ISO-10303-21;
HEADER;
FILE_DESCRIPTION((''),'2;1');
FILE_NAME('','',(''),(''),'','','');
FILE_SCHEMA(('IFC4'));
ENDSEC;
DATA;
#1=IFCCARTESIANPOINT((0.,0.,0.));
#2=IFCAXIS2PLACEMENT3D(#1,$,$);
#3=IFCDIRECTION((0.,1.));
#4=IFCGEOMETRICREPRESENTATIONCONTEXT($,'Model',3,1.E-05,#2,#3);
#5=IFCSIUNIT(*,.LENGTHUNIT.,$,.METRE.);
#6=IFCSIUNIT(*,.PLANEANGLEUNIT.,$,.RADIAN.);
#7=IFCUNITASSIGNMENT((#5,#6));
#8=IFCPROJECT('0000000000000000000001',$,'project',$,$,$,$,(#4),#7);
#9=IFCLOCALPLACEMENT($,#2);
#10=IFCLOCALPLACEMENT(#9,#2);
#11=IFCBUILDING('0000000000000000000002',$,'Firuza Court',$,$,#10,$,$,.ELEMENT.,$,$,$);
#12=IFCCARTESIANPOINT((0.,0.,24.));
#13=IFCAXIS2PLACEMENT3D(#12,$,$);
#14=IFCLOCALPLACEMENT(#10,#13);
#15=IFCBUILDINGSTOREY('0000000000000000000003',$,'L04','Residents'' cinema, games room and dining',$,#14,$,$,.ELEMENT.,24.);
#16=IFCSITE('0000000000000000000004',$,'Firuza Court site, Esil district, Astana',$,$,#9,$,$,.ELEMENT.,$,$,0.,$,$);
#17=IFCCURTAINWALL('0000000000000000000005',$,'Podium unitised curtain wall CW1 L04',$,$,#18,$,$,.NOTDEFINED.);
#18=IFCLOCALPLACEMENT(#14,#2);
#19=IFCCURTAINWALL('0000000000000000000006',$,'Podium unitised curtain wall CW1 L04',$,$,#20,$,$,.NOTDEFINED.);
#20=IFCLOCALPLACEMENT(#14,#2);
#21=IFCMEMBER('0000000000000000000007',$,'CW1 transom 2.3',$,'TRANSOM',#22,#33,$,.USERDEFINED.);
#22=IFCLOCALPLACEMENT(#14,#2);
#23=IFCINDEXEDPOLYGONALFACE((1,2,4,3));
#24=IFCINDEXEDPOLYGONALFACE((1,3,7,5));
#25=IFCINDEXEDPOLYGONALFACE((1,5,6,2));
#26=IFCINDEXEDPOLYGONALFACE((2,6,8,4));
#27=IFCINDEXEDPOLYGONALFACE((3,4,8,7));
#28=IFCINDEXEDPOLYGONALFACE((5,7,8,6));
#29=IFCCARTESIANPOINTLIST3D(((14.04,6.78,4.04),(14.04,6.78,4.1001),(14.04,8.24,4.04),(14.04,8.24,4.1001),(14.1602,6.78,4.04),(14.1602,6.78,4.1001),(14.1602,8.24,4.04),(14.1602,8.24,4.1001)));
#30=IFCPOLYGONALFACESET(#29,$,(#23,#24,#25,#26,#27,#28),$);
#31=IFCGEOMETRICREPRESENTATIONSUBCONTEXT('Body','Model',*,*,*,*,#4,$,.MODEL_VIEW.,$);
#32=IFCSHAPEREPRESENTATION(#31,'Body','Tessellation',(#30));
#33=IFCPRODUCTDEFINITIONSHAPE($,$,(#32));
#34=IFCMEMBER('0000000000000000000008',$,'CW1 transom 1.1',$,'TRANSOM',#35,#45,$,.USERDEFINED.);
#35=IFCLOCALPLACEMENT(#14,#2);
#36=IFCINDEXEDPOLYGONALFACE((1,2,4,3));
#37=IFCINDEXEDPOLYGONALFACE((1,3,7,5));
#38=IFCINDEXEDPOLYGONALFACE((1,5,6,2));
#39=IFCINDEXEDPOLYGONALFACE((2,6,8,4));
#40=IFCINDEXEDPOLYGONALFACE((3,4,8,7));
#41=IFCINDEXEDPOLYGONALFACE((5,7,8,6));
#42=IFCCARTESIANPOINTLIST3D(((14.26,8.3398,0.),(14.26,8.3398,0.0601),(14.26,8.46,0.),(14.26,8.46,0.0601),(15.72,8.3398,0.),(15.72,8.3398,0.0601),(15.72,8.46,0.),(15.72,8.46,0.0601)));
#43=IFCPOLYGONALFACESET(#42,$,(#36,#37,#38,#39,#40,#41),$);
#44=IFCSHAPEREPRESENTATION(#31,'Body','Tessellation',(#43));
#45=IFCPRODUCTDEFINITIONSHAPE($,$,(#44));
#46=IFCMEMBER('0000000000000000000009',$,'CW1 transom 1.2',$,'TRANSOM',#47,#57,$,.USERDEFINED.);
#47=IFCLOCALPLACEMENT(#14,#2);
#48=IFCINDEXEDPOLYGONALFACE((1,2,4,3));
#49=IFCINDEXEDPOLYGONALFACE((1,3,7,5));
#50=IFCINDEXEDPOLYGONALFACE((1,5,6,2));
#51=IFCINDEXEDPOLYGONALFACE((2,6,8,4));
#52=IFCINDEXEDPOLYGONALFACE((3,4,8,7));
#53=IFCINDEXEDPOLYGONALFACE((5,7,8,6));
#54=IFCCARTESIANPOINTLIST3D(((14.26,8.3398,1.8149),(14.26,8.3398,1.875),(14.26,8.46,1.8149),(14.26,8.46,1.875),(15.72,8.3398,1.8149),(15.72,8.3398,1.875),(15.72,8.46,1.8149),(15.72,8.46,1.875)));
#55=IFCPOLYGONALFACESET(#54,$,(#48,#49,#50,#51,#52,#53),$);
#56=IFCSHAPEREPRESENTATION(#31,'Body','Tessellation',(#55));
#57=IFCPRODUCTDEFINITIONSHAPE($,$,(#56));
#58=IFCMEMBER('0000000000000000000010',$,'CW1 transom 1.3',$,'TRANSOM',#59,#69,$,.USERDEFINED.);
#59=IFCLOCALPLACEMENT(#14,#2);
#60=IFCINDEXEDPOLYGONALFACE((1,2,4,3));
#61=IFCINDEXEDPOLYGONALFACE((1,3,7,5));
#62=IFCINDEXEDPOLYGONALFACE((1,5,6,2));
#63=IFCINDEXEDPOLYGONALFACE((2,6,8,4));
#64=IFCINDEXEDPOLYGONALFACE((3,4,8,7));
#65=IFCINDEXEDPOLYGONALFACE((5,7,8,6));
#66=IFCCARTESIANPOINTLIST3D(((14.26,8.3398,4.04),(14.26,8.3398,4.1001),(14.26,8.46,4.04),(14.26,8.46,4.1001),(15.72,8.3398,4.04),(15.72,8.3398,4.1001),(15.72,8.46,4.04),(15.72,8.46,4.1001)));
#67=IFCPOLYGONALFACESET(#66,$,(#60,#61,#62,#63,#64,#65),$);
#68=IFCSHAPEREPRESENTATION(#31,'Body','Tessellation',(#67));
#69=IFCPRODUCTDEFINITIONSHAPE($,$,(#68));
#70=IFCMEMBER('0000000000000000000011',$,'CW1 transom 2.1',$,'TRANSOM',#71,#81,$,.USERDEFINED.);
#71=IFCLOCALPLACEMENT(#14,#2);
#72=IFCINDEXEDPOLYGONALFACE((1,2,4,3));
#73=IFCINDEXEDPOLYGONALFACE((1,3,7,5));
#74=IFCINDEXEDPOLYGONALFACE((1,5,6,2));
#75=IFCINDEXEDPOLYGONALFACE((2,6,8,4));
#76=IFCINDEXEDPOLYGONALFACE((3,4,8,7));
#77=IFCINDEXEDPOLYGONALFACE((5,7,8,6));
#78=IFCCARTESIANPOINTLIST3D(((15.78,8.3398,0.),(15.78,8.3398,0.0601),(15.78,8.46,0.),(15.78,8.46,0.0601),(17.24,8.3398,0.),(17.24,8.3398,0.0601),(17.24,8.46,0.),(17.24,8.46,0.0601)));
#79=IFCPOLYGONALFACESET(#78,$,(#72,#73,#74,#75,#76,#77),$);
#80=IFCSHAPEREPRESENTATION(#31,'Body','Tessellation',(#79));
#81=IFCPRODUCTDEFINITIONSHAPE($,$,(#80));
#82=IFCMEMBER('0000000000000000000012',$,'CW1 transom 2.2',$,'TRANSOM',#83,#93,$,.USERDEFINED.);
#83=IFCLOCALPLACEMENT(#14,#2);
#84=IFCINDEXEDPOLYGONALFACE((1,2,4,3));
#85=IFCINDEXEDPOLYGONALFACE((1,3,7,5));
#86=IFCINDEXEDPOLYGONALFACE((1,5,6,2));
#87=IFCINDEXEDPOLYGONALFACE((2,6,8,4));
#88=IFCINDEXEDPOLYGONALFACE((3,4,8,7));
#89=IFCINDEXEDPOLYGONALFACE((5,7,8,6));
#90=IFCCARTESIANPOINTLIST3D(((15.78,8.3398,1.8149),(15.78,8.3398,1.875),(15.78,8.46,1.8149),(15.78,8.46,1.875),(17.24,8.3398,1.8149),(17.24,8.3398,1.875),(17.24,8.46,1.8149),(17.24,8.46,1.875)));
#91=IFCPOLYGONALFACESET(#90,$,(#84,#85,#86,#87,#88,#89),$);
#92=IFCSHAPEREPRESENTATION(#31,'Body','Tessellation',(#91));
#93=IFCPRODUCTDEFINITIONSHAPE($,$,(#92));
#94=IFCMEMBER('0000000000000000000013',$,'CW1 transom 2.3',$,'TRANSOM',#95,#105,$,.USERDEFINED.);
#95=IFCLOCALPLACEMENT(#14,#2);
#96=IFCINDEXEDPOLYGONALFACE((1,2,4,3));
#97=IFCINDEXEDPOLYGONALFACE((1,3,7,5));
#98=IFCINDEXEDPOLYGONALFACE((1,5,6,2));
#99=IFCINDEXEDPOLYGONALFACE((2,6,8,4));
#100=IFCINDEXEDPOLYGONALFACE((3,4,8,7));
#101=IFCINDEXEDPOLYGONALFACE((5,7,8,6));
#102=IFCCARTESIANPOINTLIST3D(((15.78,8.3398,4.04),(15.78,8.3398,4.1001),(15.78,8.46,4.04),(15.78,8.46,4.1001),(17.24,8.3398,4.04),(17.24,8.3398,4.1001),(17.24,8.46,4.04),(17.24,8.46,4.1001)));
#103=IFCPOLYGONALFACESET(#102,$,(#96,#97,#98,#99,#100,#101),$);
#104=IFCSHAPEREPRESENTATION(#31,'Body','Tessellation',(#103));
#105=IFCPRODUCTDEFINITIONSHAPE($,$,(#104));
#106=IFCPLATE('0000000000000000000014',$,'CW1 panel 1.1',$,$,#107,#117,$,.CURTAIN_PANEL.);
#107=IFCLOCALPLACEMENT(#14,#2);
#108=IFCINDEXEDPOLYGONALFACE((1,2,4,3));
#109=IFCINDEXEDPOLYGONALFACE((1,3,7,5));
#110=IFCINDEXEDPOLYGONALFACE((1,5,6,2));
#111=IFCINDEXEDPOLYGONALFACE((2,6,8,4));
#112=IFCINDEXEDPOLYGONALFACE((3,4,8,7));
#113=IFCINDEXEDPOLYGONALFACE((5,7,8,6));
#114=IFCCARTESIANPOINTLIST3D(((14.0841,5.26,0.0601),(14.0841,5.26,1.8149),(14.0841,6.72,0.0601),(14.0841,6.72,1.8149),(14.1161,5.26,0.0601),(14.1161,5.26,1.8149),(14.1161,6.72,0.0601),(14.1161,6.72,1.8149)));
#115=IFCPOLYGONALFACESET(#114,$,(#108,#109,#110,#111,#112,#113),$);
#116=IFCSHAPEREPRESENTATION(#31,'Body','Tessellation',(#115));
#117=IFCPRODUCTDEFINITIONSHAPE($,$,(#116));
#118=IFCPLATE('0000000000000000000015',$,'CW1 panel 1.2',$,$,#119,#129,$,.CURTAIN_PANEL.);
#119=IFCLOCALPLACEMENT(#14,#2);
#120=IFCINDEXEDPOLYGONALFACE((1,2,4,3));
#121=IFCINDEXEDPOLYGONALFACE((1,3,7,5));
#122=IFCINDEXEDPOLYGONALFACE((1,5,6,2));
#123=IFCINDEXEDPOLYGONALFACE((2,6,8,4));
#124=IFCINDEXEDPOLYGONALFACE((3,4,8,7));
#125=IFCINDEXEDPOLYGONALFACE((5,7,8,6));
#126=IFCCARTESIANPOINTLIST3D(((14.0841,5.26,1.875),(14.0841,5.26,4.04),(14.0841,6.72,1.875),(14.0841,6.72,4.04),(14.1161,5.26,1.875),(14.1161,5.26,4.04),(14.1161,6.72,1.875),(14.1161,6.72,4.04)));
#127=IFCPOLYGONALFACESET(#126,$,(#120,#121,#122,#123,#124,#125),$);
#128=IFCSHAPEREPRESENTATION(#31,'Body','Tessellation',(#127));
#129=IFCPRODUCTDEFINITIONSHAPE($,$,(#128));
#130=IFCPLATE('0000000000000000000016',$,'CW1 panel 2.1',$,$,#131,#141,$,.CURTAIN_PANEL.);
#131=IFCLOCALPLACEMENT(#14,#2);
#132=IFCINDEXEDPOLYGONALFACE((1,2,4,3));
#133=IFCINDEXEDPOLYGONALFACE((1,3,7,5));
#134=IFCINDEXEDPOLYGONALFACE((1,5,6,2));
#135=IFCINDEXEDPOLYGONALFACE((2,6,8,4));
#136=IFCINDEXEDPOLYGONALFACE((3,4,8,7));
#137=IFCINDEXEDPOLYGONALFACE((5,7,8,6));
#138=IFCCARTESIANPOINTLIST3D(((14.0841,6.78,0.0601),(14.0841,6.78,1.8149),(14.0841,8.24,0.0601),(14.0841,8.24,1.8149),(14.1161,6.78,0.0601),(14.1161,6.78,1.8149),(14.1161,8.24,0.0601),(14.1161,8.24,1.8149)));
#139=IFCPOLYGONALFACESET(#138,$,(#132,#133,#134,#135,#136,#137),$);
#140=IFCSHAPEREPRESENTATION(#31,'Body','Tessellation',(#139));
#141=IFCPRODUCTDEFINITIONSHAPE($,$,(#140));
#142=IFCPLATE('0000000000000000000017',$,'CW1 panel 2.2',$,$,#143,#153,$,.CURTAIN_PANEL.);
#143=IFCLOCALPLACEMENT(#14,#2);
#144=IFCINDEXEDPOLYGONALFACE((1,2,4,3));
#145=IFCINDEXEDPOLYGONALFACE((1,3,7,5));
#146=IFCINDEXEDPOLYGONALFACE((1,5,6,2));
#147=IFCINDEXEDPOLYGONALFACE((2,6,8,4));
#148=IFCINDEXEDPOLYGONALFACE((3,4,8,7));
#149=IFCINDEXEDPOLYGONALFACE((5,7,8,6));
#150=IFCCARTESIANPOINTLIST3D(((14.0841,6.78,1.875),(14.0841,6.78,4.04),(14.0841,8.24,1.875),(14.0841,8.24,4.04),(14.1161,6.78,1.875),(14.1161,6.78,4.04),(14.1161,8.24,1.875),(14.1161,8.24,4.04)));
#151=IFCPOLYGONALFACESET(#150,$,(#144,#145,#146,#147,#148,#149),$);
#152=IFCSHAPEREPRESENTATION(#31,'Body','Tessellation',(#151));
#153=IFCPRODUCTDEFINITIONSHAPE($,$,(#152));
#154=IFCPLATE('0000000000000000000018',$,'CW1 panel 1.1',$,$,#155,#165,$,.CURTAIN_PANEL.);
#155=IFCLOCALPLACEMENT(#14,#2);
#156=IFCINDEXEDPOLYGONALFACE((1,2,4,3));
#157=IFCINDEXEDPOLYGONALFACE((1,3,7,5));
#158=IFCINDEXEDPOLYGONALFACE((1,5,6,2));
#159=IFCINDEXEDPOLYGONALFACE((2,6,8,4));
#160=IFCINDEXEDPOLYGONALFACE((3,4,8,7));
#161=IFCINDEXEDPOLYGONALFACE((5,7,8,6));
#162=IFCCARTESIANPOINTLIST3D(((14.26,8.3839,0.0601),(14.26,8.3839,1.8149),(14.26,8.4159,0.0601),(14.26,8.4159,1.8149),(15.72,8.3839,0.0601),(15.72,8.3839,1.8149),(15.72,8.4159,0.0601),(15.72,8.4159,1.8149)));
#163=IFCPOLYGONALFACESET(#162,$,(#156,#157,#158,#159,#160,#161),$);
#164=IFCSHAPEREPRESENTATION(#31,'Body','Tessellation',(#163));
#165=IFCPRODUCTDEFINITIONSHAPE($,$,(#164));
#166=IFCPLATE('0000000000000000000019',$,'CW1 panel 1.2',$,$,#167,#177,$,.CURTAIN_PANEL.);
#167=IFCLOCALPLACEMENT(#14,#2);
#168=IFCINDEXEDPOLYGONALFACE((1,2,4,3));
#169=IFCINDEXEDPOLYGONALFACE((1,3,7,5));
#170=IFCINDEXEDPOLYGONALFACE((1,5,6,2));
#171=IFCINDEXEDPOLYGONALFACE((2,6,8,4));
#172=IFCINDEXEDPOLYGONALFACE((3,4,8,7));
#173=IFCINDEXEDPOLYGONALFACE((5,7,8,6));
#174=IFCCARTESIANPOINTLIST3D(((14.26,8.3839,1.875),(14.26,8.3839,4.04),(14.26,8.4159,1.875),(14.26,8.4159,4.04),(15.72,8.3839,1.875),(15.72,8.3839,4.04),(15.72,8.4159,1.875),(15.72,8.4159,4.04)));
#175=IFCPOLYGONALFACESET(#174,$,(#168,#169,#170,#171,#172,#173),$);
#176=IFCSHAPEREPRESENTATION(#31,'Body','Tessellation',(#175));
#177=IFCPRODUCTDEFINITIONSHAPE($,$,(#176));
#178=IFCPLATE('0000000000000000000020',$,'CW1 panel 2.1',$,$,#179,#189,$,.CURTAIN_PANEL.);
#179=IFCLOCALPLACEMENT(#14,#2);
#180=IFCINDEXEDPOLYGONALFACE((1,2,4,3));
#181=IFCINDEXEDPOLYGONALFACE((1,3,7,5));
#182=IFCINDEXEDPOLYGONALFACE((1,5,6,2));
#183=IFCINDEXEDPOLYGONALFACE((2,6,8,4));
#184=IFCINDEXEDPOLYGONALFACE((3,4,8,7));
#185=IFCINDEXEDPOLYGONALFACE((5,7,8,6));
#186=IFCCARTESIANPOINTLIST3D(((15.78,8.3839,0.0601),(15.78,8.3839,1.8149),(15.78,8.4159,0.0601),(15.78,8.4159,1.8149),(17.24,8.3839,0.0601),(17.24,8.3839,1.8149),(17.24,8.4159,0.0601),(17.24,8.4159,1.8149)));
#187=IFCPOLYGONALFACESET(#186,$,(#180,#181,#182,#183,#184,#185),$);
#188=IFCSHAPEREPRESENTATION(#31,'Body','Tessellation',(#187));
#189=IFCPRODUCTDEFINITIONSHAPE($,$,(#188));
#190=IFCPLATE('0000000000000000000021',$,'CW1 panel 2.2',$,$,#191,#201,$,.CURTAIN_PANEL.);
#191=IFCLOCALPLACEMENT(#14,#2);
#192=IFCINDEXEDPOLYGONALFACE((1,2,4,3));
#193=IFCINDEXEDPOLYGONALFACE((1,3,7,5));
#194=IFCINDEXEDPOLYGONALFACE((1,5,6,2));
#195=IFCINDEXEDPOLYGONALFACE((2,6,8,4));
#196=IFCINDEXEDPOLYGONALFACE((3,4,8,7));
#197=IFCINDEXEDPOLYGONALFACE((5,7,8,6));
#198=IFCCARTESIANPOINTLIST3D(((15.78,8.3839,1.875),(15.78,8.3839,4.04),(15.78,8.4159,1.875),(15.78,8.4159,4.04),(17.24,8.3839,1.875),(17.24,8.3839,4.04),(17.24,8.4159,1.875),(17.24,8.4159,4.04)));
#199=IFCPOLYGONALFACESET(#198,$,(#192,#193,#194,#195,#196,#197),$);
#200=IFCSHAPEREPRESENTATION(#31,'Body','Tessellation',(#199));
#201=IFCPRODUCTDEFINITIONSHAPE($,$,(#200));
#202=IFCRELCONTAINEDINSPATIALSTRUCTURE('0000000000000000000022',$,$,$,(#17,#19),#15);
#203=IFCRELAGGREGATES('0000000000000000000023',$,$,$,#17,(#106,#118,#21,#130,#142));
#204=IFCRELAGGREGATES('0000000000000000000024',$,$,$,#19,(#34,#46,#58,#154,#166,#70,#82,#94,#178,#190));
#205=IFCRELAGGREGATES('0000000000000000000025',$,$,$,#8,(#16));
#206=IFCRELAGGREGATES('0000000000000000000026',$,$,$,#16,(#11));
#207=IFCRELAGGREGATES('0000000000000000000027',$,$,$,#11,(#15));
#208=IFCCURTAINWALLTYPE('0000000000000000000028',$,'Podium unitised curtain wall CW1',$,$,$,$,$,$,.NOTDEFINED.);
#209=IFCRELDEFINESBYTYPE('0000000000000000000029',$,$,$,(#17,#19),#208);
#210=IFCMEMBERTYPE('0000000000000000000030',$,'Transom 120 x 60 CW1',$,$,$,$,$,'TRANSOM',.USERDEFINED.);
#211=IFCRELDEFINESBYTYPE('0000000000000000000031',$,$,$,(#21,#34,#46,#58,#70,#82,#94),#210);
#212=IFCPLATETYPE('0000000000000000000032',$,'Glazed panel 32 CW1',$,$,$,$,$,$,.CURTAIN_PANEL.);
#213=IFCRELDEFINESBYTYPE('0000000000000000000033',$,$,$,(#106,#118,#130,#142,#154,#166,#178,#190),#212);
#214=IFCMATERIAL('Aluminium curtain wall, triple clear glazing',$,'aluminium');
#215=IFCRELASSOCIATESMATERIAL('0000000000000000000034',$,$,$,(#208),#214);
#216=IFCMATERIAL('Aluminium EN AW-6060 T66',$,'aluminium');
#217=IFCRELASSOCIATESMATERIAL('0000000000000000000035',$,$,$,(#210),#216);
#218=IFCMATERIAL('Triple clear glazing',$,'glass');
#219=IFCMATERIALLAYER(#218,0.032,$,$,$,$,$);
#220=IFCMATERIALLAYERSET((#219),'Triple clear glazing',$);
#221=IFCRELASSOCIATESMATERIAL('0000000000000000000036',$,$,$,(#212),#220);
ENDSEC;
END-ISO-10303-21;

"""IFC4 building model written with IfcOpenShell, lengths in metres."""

from ifc_helpers import new_model, si_unit, direction, frame, origin, origin_2d, place, context, subcontext, project, spatial, rectangle, extrude, material, layer, layer_set, material_profile, profile_set, type_object, element, aggregate, save


model = new_model("IFC4")

# Units and contexts
model_context = context("Model", 3, precision=1e-05, world=origin(), true_north=direction((0.0, 1.0)))
body_context = subcontext(model_context, "Body", "Model", "MODEL_VIEW")
ifc_project = project(units=[si_unit("LENGTHUNIT", "METRE"), si_unit("PLANEANGLEUNIT", "RADIAN")], contexts=[model_context])

# Site, building, storey
site_placement = place(None, origin())
site = spatial("IfcSite", under=ifc_project, at=site_placement, Name="Firuza Court site, Esil district, Astana", CompositionType="ELEMENT", RefElevation=0.0)
building_placement = place(site_placement, origin())
building = spatial("IfcBuilding", under=site, at=building_placement, Name="Firuza Court", CompositionType="ELEMENT")
storey_placement = place(building_placement, frame((0.0, 0.0, 24.0)))
storey = spatial("IfcBuildingStorey", under=building, at=storey_placement, Name="L04", Description="Residents' cinema, games room and dining", CompositionType="ELEMENT", Elevation=24.0)

# Curtain walls
ifc_material_1 = material(Name="Aluminium curtain wall, triple clear glazing", Category="aluminium")
curtain_wall_type = type_object("IfcCurtainWallType", Name="Podium unitised curtain wall CW1", PredefinedType="NOTDEFINED", material=ifc_material_1)
curtain_wall_1_placement = place(storey_placement, origin())
curtain_wall_1 = element("IfcCurtainWall", 1, at=curtain_wall_1_placement, inside=storey, type_object=curtain_wall_type, Name="Podium unitised curtain wall CW1 L04", PredefinedType="NOTDEFINED")
curtain_wall_2_placement = place(storey_placement, origin())
curtain_wall_2 = element("IfcCurtainWall", 2, at=curtain_wall_2_placement, inside=storey, type_object=curtain_wall_type, Name="Podium unitised curtain wall CW1 L04", PredefinedType="NOTDEFINED")

# Members
ifc_material_2 = material(Name="Aluminium EN AW-6060 T66", Category="aluminium")
ifc_material_profile_1 = material_profile(ifc_material_2, rectangle(XDim=0.1201, YDim=0.0601, at=origin_2d()), Name="Transom 120 x 60 CW1")
ifc_profile_set_1 = profile_set([ifc_material_profile_1], Name="Aluminium EN AW-6060 T66")
member_type_1 = type_object("IfcMemberType", Name="Transom 120 x 60 CW1", ElementType="TRANSOM", PredefinedType="USERDEFINED", material=ifc_profile_set_1)
member_1_placement = place(storey_placement, frame((14.1001, 6.78, 4.0701), z_axis=(0.0, 1.0, 0.0), x_axis=(-1.0, 0.0, 0.0)))
member_1 = element("IfcMember", 3, at=member_1_placement, type_object=member_type_1, Name="CW1 transom 2.3", ObjectType="TRANSOM", PredefinedType="USERDEFINED", context=body_context, shape_type="SweptSolid", body=[
    extrude(rectangle(XDim=0.1201, YDim=0.0601, at=origin_2d()), origin(), (0.0, 0.0, 1.0), 1.46),
])
member_2_placement = place(storey_placement, frame((14.26, 8.3999, 0.03), z_axis=(1.0, 0.0, 0.0), x_axis=(0.0, 1.0, 0.0)))
member_2 = element("IfcMember", 4, at=member_2_placement, type_object=member_type_1, Name="CW1 transom 1.1", ObjectType="TRANSOM", PredefinedType="USERDEFINED", context=body_context, shape_type="SweptSolid", body=[
    extrude(rectangle(XDim=0.1201, YDim=0.0601, at=origin_2d()), origin(), (0.0, 0.0, 1.0), 1.46),
])
member_3_placement = place(storey_placement, frame((14.26, 8.3999, 1.845), z_axis=(1.0, 0.0, 0.0), x_axis=(0.0, 1.0, 0.0)))
member_3 = element("IfcMember", 5, at=member_3_placement, type_object=member_type_1, Name="CW1 transom 1.2", ObjectType="TRANSOM", PredefinedType="USERDEFINED", context=body_context, shape_type="SweptSolid", body=[
    extrude(rectangle(XDim=0.1201, YDim=0.0601, at=origin_2d()), origin(), (0.0, 0.0, 1.0), 1.46),
])
member_4_placement = place(storey_placement, frame((14.26, 8.3999, 4.0701), z_axis=(1.0, 0.0, 0.0), x_axis=(0.0, 1.0, 0.0)))
member_4 = element("IfcMember", 6, at=member_4_placement, type_object=member_type_1, Name="CW1 transom 1.3", ObjectType="TRANSOM", PredefinedType="USERDEFINED", context=body_context, shape_type="SweptSolid", body=[
    extrude(rectangle(XDim=0.1201, YDim=0.0601, at=origin_2d()), origin(), (0.0, 0.0, 1.0), 1.46),
])
member_5_placement = place(storey_placement, frame((15.78, 8.3999, 0.03), z_axis=(1.0, 0.0, 0.0), x_axis=(0.0, 1.0, 0.0)))
member_5 = element("IfcMember", 7, at=member_5_placement, type_object=member_type_1, Name="CW1 transom 2.1", ObjectType="TRANSOM", PredefinedType="USERDEFINED", context=body_context, shape_type="SweptSolid", body=[
    extrude(rectangle(XDim=0.1201, YDim=0.0601, at=origin_2d()), origin(), (0.0, 0.0, 1.0), 1.46),
])
member_6_placement = place(storey_placement, frame((15.78, 8.3999, 1.845), z_axis=(1.0, 0.0, 0.0), x_axis=(0.0, 1.0, 0.0)))
member_6 = element("IfcMember", 8, at=member_6_placement, type_object=member_type_1, Name="CW1 transom 2.2", ObjectType="TRANSOM", PredefinedType="USERDEFINED", context=body_context, shape_type="SweptSolid", body=[
    extrude(rectangle(XDim=0.1201, YDim=0.0601, at=origin_2d()), origin(), (0.0, 0.0, 1.0), 1.46),
])
member_7_placement = place(storey_placement, frame((15.78, 8.3999, 4.0701), z_axis=(1.0, 0.0, 0.0), x_axis=(0.0, 1.0, 0.0)))
member_7 = element("IfcMember", 9, at=member_7_placement, type_object=member_type_1, Name="CW1 transom 2.3", ObjectType="TRANSOM", PredefinedType="USERDEFINED", context=body_context, shape_type="SweptSolid", body=[
    extrude(rectangle(XDim=0.1201, YDim=0.0601, at=origin_2d()), origin(), (0.0, 0.0, 1.0), 1.46),
])

# Plates
ifc_material_3 = material(Name="Triple clear glazing", Category="glass")
ifc_layer = layer(ifc_material_3, 0.032)
ifc_layer_set = layer_set([ifc_layer], Name="Triple clear glazing")
plate_type = type_object("IfcPlateType", Name="Glazed panel 32 CW1", PredefinedType="CURTAIN_PANEL", material=ifc_layer_set)
plate_1_placement = place(storey_placement, frame((14.1001, 5.99, 0.0601), z_axis=(0.0, 0.0, 1.0), x_axis=(0.0, 1.0, 0.0)))
plate_1 = element("IfcPlate", 10, at=plate_1_placement, type_object=plate_type, Name="CW1 panel 1.1", PredefinedType="CURTAIN_PANEL", context=body_context, shape_type="SweptSolid", body=[
    extrude(rectangle(XDim=1.46, YDim=0.032, at=origin_2d()), origin(), (0.0, 0.0, 1.0), 1.7549),
])
plate_2_placement = place(storey_placement, frame((14.1001, 5.99, 1.875), z_axis=(0.0, 0.0, 1.0), x_axis=(0.0, 1.0, 0.0)))
plate_2 = element("IfcPlate", 11, at=plate_2_placement, type_object=plate_type, Name="CW1 panel 1.2", PredefinedType="CURTAIN_PANEL", context=body_context, shape_type="SweptSolid", body=[
    extrude(rectangle(XDim=1.46, YDim=0.032, at=origin_2d()), origin(), (0.0, 0.0, 1.0), 2.165),
])
plate_3_placement = place(storey_placement, frame((14.1001, 7.51, 0.0601), z_axis=(0.0, 0.0, 1.0), x_axis=(0.0, 1.0, 0.0)))
plate_3 = element("IfcPlate", 12, at=plate_3_placement, type_object=plate_type, Name="CW1 panel 2.1", PredefinedType="CURTAIN_PANEL", context=body_context, shape_type="SweptSolid", body=[
    extrude(rectangle(XDim=1.46, YDim=0.032, at=origin_2d()), origin(), (0.0, 0.0, 1.0), 1.7549),
])
plate_4_placement = place(storey_placement, frame((14.1001, 7.51, 1.875), z_axis=(0.0, 0.0, 1.0), x_axis=(0.0, 1.0, 0.0)))
plate_4 = element("IfcPlate", 13, at=plate_4_placement, type_object=plate_type, Name="CW1 panel 2.2", PredefinedType="CURTAIN_PANEL", context=body_context, shape_type="SweptSolid", body=[
    extrude(rectangle(XDim=1.46, YDim=0.032, at=origin_2d()), origin(), (0.0, 0.0, 1.0), 2.165),
])
aggregate(curtain_wall_1, [plate_1, plate_2, member_1, plate_3, plate_4])
plate_5_placement = place(storey_placement, frame((14.99, 8.3999, 0.0601), z_axis=(0.0, 0.0, 1.0), x_axis=(1.0, 0.0, 0.0)))
plate_5 = element("IfcPlate", 14, at=plate_5_placement, type_object=plate_type, Name="CW1 panel 1.1", PredefinedType="CURTAIN_PANEL", context=body_context, shape_type="SweptSolid", body=[
    extrude(rectangle(XDim=1.46, YDim=0.032, at=origin_2d()), origin(), (0.0, 0.0, 1.0), 1.7549),
])
plate_6_placement = place(storey_placement, frame((14.99, 8.3999, 1.875), z_axis=(0.0, 0.0, 1.0), x_axis=(1.0, 0.0, 0.0)))
plate_6 = element("IfcPlate", 15, at=plate_6_placement, type_object=plate_type, Name="CW1 panel 1.2", PredefinedType="CURTAIN_PANEL", context=body_context, shape_type="SweptSolid", body=[
    extrude(rectangle(XDim=1.46, YDim=0.032, at=origin_2d()), origin(), (0.0, 0.0, 1.0), 2.165),
])
plate_7_placement = place(storey_placement, frame((16.51, 8.3999, 0.0601), z_axis=(0.0, 0.0, 1.0), x_axis=(1.0, 0.0, 0.0)))
plate_7 = element("IfcPlate", 16, at=plate_7_placement, type_object=plate_type, Name="CW1 panel 2.1", PredefinedType="CURTAIN_PANEL", context=body_context, shape_type="SweptSolid", body=[
    extrude(rectangle(XDim=1.46, YDim=0.032, at=origin_2d()), origin(), (0.0, 0.0, 1.0), 1.7549),
])
plate_8_placement = place(storey_placement, frame((16.51, 8.3999, 1.875), z_axis=(0.0, 0.0, 1.0), x_axis=(1.0, 0.0, 0.0)))
plate_8 = element("IfcPlate", 17, at=plate_8_placement, type_object=plate_type, Name="CW1 panel 2.2", PredefinedType="CURTAIN_PANEL", context=body_context, shape_type="SweptSolid", body=[
    extrude(rectangle(XDim=1.46, YDim=0.032, at=origin_2d()), origin(), (0.0, 0.0, 1.0), 2.165),
])
aggregate(curtain_wall_2, [member_2, member_3, member_4, plate_5, plate_6, member_5, member_6, member_7, plate_7, plate_8])

save(model, "model.ifc")
